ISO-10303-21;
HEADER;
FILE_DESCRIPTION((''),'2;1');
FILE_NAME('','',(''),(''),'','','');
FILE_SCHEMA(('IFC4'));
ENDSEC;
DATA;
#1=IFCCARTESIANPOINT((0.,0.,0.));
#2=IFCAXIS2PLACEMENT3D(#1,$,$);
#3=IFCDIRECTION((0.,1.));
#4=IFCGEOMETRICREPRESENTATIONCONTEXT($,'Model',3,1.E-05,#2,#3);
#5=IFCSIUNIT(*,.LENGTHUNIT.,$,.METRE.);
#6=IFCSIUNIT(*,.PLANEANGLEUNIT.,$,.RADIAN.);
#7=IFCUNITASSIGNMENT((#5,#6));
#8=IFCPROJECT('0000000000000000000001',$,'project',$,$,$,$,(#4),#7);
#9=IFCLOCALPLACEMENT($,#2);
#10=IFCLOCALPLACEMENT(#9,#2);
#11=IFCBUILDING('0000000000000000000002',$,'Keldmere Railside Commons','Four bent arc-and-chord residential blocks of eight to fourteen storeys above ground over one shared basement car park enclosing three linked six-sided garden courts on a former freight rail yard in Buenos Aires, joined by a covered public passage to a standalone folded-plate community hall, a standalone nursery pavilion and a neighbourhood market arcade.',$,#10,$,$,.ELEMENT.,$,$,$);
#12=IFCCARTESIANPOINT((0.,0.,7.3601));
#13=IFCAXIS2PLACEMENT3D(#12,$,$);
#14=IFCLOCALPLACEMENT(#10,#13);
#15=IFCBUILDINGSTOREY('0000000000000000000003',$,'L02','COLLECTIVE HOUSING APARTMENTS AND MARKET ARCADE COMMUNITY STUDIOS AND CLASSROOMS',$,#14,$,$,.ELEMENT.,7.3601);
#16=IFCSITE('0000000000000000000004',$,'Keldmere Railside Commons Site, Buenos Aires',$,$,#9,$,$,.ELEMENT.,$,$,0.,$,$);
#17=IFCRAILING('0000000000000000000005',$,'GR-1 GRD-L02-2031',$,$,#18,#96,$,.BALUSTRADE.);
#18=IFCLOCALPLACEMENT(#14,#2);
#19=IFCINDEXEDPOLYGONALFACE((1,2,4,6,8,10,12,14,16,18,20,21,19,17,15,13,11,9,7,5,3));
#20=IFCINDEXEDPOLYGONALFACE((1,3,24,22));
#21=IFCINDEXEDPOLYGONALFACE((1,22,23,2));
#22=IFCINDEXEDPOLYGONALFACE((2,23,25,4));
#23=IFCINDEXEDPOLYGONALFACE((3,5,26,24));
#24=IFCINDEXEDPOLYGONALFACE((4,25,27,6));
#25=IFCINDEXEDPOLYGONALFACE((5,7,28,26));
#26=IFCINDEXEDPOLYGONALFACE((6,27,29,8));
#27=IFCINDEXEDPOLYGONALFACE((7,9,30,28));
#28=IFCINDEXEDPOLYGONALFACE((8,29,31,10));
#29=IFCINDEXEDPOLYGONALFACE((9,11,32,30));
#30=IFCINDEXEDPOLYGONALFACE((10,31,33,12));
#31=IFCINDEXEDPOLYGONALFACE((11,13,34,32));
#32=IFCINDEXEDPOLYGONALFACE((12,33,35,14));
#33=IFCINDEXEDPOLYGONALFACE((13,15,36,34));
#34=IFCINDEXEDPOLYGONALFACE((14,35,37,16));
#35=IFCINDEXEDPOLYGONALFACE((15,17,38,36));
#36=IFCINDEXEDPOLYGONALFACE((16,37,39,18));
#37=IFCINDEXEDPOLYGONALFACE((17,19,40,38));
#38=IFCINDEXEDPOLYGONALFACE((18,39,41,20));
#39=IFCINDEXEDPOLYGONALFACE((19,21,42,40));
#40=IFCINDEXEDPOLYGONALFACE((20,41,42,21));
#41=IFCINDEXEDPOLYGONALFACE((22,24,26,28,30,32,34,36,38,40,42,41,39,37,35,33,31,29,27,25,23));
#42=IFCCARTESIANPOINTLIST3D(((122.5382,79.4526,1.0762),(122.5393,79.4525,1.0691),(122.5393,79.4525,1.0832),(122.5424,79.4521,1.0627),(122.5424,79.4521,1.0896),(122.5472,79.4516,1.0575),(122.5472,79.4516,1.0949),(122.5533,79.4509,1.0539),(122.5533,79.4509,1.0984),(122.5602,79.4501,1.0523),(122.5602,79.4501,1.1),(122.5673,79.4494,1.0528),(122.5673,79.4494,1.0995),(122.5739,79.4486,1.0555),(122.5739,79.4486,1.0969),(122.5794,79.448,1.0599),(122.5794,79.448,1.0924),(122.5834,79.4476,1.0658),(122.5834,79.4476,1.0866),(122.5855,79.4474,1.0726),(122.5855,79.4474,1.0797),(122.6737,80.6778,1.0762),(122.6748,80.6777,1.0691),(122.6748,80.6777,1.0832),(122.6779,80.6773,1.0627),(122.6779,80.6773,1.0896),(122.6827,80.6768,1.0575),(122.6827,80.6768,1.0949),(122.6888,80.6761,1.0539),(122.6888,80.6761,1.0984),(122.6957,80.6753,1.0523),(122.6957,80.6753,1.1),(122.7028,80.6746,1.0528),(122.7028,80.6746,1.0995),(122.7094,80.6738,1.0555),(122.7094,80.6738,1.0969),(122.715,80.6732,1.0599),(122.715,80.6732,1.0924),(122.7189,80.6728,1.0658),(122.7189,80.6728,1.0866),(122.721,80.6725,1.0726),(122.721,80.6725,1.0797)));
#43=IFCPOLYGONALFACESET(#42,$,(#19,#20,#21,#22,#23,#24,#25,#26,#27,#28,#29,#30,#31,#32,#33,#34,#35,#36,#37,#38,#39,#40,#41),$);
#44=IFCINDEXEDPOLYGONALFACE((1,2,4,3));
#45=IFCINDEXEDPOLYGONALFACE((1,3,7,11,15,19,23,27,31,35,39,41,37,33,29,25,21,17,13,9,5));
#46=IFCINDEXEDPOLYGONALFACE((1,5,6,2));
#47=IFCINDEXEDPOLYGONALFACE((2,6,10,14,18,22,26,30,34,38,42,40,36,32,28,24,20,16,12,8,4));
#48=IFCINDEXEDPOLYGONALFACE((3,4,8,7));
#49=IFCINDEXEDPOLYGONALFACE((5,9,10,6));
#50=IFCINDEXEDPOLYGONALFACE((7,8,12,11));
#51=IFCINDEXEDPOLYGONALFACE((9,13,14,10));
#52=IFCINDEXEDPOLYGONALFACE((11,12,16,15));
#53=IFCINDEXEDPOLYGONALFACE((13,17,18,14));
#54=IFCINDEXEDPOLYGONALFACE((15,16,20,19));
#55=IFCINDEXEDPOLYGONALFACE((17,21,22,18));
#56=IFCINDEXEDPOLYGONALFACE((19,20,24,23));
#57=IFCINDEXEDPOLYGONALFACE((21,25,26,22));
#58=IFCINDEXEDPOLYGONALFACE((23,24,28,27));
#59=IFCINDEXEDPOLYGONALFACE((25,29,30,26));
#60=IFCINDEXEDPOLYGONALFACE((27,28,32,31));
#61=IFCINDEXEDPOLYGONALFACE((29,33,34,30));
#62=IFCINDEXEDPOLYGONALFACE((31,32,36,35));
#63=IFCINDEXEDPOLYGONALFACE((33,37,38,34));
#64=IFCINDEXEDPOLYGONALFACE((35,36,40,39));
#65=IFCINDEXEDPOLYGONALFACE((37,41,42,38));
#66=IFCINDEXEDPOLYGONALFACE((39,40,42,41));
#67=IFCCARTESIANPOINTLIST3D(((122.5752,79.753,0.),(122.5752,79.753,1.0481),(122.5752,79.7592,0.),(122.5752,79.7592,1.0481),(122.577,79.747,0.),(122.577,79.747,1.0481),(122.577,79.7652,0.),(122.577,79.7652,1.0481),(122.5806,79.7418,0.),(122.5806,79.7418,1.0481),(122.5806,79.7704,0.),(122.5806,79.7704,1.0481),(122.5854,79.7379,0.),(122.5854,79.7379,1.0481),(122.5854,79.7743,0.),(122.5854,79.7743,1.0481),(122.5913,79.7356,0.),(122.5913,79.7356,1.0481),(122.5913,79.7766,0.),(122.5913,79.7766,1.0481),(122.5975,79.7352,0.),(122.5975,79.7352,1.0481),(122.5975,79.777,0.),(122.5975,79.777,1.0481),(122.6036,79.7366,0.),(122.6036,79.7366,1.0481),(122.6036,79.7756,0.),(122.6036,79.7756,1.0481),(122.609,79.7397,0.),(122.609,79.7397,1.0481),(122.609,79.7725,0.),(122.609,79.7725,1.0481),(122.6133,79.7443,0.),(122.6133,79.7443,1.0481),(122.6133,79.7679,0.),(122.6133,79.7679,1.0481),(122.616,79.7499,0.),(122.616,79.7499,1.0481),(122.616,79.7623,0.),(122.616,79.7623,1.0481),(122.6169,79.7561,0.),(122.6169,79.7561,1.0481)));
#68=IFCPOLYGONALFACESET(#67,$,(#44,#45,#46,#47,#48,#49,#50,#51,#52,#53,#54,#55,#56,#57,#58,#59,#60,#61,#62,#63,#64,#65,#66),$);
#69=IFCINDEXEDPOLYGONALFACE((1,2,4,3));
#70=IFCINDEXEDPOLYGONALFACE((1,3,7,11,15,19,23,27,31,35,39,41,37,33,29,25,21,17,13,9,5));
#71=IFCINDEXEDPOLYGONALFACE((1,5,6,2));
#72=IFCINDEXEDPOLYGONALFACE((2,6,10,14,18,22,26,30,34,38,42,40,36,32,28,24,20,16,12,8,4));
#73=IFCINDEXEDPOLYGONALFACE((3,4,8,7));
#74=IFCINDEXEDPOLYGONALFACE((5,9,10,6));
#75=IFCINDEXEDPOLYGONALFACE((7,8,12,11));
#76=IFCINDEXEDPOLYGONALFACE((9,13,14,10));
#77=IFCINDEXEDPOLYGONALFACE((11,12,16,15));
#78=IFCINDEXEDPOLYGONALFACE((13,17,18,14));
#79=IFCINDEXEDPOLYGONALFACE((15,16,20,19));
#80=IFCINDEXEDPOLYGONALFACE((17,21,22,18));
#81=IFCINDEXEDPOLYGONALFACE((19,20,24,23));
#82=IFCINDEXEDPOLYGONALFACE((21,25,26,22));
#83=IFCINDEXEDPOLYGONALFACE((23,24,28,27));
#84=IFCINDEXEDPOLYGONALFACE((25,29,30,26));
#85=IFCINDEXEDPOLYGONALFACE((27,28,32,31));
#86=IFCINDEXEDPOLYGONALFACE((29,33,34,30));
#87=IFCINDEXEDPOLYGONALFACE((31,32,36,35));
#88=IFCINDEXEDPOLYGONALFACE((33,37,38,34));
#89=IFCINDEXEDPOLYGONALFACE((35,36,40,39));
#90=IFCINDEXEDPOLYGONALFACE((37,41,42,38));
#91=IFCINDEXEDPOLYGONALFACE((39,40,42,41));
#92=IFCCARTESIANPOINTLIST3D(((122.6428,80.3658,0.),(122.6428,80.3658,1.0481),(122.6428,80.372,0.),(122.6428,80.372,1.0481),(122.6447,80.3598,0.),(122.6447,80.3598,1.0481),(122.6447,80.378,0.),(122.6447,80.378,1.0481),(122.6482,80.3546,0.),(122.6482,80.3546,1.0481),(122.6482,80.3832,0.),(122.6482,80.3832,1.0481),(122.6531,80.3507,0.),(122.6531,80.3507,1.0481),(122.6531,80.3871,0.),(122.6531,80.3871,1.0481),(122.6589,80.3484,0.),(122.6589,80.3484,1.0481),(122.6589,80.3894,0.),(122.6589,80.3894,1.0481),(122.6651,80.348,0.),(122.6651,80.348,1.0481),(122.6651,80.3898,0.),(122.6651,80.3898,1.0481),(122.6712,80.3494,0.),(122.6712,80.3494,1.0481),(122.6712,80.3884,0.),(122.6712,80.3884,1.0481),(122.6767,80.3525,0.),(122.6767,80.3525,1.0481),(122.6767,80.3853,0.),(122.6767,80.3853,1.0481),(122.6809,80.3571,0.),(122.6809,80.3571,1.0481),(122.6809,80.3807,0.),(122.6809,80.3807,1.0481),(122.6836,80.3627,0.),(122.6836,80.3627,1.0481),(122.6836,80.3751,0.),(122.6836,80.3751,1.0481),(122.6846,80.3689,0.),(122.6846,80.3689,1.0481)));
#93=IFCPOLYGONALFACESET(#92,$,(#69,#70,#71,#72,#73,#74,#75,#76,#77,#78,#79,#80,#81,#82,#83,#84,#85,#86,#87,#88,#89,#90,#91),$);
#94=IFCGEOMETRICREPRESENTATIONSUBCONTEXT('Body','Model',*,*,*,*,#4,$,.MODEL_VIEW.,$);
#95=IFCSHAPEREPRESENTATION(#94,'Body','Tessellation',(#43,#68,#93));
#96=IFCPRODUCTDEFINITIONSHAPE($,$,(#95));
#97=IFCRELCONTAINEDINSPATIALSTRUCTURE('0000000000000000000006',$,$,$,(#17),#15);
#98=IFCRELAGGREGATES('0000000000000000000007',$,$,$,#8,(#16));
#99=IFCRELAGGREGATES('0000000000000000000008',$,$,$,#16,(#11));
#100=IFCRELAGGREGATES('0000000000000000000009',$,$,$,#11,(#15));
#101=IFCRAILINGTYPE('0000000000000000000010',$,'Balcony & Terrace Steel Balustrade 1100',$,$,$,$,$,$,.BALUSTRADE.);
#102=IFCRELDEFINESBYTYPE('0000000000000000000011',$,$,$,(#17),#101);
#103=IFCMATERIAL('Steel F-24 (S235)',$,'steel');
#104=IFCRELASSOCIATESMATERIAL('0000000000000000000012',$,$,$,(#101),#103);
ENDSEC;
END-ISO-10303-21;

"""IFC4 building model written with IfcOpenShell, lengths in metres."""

from ifc_helpers import new_model, si_unit, direction, frame, origin, origin_2d, place, context, subcontext, project, spatial, circle, extrude, material, type_object, element, save


model = new_model("IFC4")

# Units and contexts
model_context = context("Model", 3, precision=1e-05, world=origin(), true_north=direction((0.0, 1.0)))
body_context = subcontext(model_context, "Body", "Model", "MODEL_VIEW")
ifc_project = project(units=[si_unit("LENGTHUNIT", "METRE"), si_unit("PLANEANGLEUNIT", "RADIAN")], contexts=[model_context])

# Site, building, storey
site_placement = place(None, origin())
site = spatial("IfcSite", under=ifc_project, at=site_placement, Name="Keldmere Railside Commons Site, Buenos Aires", CompositionType="ELEMENT", RefElevation=0.0)
building_placement = place(site_placement, origin())
building = spatial("IfcBuilding", under=site, at=building_placement, Name="Keldmere Railside Commons", Description="Four bent arc-and-chord residential blocks of eight to fourteen storeys above ground over one shared basement car park enclosing three linked six-sided garden courts on a former freight rail yard in Buenos Aires, joined by a covered public passage to a standalone folded-plate community hall, a standalone nursery pavilion and a neighbourhood market arcade.", CompositionType="ELEMENT")
storey_placement = place(building_placement, frame((0.0, 0.0, 7.3601)))
storey = spatial("IfcBuildingStorey", under=building, at=storey_placement, Name="L02", Description="COLLECTIVE HOUSING APARTMENTS AND MARKET ARCADE COMMUNITY STUDIOS AND CLASSROOMS", CompositionType="ELEMENT", Elevation=7.3601)

# Railing
ifc_material_1 = material(Name="Steel F-24 (S235)", Category="steel")
railing_type = type_object("IfcRailingType", Name="Balcony & Terrace Steel Balustrade 1100", PredefinedType="BALUSTRADE", material=ifc_material_1)
railing_1_placement = place(storey_placement, frame((122.562, 79.45, 0.0)))
element("IfcRailing", 1, at=railing_1_placement, inside=storey, type_object=railing_type, Name="GR-1 GRD-L02-2031", PredefinedType="BALUSTRADE", context=body_context, shape_type="SweptSolid", body=[
    extrude(circle(Radius=0.0239, at=origin_2d()), frame((0.0, 0.0, 1.0762), z_axis=(0.109931, 0.993939, 0.0), x_axis=(-0.993939, 0.109931, 0.0)), (0.0, 0.0, 1.0), 1.2327),
    extrude(circle(Radius=0.021, at=origin_2d()), frame((0.0339, 0.3062, 0.0)), (0.0, 0.0, 1.0), 1.0481),
    extrude(circle(Radius=0.021, at=origin_2d()), frame((0.1016, 0.9189, 0.0)), (0.0, 0.0, 1.0), 1.0481),
])

save(model, "model.ifc")
